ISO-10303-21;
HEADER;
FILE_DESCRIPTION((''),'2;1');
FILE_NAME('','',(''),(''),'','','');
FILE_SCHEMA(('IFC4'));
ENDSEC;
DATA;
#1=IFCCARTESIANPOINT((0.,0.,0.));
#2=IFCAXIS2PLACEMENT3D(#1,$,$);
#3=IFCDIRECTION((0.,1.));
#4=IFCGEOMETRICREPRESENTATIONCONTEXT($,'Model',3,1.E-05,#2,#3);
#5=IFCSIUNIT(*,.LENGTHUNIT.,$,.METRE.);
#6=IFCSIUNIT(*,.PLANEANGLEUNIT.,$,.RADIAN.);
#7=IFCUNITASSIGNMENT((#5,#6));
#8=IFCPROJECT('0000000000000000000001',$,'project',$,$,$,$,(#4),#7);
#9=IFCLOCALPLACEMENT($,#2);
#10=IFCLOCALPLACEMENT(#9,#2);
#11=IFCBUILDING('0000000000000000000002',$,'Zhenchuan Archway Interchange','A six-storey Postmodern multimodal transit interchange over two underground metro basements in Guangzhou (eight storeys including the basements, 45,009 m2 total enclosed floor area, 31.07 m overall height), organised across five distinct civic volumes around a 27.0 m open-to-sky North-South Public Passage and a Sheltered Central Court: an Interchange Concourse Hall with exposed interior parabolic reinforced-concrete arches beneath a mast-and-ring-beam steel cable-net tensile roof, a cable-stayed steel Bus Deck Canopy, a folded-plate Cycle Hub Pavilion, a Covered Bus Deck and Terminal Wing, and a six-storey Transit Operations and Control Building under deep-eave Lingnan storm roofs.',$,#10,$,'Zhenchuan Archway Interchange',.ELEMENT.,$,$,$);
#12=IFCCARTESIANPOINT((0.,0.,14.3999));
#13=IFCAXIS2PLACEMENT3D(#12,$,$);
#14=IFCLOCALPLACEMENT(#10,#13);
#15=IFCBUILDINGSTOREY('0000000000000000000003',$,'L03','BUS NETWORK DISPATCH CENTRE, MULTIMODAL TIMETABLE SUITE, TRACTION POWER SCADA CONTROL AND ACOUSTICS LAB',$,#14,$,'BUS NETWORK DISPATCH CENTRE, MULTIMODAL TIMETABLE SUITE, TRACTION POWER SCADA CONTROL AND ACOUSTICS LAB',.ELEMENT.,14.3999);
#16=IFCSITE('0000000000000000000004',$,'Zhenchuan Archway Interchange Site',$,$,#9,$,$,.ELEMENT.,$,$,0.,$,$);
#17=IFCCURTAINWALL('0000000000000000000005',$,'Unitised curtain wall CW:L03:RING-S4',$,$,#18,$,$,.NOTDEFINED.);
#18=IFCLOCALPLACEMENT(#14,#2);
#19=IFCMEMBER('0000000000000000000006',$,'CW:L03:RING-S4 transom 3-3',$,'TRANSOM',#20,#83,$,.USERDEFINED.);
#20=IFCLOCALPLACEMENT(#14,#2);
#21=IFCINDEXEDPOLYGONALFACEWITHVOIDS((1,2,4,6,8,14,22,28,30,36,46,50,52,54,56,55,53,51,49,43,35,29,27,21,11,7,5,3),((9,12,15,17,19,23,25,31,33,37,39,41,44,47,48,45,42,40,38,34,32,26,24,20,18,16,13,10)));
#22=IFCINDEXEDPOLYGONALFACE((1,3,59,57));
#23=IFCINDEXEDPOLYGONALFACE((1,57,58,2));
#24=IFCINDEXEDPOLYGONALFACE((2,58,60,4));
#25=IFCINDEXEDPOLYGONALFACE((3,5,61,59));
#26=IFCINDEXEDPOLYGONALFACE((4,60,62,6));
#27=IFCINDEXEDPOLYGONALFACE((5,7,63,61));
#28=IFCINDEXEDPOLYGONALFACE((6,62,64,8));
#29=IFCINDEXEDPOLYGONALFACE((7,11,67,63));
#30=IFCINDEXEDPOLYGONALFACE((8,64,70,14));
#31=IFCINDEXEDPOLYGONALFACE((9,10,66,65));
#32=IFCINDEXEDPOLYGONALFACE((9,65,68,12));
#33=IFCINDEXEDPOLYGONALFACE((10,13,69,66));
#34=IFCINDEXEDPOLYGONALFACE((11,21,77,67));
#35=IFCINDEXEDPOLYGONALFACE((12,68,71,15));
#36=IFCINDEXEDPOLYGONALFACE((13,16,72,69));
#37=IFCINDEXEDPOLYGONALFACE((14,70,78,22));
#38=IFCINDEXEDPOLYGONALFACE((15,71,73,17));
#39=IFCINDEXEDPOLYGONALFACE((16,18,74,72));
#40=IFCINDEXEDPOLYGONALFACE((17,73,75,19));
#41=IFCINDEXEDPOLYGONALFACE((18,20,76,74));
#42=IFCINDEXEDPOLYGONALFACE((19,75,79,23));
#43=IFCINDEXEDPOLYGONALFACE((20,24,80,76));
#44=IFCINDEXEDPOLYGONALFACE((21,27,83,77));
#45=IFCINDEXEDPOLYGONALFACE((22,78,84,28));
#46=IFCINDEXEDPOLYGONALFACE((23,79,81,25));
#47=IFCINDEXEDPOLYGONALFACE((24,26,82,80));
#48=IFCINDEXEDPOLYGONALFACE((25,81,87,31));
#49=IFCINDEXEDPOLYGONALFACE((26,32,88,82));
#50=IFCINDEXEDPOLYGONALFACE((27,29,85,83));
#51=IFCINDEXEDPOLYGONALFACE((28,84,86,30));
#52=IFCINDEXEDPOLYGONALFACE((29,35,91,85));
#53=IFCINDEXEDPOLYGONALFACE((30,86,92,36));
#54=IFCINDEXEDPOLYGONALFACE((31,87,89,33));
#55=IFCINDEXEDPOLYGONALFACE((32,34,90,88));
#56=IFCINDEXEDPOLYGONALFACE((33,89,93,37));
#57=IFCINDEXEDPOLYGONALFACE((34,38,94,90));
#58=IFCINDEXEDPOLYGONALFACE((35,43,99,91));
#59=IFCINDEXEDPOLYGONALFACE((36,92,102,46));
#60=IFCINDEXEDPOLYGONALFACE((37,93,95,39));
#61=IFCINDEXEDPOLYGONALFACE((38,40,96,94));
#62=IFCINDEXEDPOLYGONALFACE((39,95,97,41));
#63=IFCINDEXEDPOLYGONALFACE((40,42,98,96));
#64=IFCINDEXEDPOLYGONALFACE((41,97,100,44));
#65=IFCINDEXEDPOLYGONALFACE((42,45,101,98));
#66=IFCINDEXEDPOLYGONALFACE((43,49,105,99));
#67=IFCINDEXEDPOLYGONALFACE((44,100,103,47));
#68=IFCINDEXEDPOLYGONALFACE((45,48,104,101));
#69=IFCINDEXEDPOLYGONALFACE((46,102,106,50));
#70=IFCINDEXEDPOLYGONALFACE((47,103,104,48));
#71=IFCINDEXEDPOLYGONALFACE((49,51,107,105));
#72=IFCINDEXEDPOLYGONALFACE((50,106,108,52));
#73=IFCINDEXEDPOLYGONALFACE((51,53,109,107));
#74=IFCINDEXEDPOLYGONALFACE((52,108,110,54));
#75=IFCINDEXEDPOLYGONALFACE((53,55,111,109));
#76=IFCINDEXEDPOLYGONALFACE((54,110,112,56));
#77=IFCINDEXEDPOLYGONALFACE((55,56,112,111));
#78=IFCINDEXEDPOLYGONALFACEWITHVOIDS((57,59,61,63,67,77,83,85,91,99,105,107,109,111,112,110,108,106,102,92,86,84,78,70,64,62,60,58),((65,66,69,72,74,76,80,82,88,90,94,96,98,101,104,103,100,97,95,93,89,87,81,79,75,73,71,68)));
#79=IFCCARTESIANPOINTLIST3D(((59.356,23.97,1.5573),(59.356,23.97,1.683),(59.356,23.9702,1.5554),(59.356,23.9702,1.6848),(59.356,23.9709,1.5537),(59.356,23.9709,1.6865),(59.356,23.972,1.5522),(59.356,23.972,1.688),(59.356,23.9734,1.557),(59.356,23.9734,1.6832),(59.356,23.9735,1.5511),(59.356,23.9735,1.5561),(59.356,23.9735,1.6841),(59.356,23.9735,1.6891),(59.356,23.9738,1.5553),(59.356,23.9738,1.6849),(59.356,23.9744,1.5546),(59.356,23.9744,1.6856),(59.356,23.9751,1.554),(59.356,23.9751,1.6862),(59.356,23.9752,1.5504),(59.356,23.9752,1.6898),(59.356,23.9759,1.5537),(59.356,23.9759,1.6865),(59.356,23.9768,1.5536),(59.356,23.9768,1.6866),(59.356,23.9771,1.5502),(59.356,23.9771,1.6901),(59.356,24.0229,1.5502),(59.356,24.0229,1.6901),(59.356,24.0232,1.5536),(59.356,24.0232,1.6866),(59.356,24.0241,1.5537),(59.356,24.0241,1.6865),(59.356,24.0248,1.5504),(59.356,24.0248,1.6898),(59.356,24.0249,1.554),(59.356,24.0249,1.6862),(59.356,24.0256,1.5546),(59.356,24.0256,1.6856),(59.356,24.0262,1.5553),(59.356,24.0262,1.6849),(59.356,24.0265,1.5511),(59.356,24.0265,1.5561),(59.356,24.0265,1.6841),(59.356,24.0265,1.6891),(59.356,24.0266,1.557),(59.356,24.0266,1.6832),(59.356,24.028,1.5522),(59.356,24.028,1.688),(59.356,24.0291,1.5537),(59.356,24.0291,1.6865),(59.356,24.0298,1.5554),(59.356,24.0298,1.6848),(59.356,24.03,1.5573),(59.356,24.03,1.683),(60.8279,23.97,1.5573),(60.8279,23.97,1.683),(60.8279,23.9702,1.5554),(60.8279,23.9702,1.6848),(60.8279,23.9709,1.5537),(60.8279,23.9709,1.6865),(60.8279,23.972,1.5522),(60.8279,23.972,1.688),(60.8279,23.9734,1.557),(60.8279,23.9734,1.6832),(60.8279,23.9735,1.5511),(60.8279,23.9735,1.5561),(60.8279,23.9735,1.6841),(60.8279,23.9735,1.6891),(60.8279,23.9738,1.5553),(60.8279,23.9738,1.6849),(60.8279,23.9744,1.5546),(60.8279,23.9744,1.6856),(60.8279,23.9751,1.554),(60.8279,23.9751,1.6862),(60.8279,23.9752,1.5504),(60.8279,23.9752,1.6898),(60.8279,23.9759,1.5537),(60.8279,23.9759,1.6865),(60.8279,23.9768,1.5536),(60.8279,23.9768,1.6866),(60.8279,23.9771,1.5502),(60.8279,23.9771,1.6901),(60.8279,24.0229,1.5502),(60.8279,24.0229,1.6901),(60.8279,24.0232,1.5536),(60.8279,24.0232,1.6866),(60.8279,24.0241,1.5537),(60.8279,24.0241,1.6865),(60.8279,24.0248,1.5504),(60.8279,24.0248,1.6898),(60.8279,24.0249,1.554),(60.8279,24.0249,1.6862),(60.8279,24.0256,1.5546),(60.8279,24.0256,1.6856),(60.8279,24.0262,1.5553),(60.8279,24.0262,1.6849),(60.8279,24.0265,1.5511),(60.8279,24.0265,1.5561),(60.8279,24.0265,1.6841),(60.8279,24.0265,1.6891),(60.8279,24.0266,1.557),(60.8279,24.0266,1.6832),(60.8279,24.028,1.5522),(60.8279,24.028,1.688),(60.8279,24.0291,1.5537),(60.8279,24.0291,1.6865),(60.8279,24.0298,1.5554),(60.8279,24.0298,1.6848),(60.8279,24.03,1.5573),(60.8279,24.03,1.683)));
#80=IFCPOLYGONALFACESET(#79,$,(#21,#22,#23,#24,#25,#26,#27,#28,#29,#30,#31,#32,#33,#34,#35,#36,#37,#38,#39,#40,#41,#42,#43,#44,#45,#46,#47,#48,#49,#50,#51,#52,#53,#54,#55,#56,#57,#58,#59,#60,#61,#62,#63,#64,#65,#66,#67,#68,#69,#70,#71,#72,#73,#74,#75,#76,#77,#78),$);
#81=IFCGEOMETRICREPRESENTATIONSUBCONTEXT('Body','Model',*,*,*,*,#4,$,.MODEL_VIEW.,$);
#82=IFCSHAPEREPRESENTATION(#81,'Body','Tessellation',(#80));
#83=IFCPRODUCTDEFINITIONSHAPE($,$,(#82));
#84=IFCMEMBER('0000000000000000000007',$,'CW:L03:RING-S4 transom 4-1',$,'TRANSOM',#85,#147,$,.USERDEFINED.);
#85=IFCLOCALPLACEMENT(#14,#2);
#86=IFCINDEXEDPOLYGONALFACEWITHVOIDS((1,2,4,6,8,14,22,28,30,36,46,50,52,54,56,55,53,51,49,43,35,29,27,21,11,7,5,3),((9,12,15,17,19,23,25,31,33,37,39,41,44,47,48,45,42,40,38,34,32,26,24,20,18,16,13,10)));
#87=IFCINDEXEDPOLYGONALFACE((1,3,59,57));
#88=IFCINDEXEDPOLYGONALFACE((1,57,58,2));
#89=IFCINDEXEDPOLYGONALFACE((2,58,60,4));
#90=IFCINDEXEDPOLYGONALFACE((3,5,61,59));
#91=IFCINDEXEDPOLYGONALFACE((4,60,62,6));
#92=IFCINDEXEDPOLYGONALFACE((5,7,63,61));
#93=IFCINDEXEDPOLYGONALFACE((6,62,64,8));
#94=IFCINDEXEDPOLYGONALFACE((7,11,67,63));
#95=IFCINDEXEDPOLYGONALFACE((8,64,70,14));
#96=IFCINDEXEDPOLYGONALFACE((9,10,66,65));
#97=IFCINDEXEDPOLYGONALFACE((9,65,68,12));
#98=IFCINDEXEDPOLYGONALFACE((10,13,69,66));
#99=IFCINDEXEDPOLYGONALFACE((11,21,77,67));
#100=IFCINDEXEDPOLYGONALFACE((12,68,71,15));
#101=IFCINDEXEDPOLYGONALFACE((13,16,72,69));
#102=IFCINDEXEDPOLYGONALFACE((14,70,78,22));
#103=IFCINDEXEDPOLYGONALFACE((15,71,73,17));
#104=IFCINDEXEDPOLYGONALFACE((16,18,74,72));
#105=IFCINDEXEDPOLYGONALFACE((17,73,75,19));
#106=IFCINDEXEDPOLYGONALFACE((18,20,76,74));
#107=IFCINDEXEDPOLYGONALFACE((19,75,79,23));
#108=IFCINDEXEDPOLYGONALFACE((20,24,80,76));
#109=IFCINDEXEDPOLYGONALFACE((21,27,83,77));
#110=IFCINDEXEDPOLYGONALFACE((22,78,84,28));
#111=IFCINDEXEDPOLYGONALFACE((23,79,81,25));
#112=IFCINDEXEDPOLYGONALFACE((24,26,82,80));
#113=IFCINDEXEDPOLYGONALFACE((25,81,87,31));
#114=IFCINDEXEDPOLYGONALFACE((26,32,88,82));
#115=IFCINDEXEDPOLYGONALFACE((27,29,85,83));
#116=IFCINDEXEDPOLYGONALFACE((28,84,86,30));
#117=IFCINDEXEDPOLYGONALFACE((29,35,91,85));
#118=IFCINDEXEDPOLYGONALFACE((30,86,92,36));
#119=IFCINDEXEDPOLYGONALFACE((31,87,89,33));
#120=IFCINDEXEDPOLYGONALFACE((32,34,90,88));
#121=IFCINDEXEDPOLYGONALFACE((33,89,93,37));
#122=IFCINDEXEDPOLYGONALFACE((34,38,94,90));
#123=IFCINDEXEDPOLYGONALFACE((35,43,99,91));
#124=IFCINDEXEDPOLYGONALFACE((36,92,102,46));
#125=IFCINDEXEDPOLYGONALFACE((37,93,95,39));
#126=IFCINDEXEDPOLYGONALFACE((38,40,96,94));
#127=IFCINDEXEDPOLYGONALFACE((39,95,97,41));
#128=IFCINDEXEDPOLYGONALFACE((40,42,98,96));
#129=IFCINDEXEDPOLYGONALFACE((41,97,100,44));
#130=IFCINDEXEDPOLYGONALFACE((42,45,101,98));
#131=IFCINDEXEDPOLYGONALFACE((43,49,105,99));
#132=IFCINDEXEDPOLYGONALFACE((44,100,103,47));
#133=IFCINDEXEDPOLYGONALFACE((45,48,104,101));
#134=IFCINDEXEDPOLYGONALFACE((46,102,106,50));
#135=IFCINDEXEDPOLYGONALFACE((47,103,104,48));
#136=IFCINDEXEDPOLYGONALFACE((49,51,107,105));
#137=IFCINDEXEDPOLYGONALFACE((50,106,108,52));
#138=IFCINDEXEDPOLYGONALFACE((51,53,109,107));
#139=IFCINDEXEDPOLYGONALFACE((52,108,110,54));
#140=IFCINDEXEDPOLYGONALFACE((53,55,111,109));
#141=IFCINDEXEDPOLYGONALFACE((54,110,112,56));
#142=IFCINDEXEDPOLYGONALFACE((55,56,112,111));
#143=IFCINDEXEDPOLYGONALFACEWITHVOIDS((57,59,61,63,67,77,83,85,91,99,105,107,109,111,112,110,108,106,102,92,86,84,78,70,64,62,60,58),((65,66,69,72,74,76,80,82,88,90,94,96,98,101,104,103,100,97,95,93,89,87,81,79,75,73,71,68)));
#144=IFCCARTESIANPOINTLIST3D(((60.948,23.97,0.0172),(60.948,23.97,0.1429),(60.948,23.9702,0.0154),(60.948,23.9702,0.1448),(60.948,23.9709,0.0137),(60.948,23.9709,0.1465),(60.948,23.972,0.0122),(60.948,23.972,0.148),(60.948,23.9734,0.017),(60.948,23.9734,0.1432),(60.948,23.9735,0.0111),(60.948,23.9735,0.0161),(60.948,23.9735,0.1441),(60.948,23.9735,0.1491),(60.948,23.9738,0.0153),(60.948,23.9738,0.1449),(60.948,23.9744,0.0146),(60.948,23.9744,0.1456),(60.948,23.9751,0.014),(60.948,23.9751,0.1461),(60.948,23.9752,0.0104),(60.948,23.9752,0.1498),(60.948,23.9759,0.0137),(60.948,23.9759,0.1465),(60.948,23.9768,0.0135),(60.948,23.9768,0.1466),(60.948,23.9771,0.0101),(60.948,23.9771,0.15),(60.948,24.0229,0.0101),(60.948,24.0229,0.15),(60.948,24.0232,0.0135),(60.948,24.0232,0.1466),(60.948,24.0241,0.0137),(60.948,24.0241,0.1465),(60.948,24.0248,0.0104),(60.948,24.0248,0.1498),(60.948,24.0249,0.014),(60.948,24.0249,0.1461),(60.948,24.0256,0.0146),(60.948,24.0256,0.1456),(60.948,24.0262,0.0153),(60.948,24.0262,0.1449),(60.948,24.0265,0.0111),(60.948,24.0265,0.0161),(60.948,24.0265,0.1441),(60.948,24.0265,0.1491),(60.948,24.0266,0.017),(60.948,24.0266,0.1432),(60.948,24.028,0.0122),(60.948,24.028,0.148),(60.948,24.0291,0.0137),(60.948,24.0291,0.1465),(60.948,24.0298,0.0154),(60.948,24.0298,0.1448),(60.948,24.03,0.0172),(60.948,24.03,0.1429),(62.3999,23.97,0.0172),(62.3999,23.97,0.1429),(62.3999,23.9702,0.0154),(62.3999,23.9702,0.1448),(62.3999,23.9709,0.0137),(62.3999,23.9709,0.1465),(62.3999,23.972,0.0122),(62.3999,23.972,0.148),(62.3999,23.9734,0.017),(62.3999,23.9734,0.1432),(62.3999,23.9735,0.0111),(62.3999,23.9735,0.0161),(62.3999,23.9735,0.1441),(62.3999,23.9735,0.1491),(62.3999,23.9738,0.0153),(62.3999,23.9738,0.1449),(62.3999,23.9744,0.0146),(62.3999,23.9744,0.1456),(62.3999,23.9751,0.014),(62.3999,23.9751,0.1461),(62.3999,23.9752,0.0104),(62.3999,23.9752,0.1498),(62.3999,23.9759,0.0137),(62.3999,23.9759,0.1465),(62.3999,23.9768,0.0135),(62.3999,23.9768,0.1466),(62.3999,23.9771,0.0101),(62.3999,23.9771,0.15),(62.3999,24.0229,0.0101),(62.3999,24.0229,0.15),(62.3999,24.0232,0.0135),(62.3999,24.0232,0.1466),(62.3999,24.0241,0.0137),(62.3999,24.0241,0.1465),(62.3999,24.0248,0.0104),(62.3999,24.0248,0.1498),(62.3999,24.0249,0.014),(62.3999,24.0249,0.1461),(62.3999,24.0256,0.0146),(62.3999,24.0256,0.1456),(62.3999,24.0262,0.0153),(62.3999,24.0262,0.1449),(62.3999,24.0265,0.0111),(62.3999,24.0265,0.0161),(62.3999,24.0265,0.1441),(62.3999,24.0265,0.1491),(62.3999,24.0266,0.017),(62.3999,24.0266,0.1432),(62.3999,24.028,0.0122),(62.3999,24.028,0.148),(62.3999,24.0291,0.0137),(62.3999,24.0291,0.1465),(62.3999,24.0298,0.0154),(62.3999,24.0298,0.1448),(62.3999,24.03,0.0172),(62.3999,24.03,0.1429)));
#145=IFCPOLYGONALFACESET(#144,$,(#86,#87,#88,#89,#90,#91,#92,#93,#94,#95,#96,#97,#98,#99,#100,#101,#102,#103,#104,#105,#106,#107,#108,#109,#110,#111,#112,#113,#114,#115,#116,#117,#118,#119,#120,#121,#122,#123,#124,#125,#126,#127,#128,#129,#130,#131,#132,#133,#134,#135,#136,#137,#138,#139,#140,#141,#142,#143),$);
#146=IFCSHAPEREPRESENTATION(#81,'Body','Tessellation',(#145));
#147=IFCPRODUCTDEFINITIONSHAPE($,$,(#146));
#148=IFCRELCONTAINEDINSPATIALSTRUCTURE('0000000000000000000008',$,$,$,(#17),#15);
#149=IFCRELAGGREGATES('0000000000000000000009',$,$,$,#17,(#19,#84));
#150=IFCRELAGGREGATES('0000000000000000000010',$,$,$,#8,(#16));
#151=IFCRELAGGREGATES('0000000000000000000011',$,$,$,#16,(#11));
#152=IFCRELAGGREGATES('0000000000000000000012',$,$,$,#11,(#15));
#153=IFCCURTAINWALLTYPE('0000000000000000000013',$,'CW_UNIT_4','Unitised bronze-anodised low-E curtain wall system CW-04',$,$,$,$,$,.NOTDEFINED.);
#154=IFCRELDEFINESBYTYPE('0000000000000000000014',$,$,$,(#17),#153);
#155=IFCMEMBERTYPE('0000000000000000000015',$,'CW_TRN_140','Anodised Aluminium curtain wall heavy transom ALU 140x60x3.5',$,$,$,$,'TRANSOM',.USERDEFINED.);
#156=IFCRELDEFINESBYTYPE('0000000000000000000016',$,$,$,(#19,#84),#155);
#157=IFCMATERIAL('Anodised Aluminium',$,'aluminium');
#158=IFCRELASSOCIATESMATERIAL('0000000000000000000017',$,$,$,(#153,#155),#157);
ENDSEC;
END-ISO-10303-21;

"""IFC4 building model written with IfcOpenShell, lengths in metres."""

from ifc_helpers import new_model, si_unit, direction, frame, origin, origin_2d, place, context, subcontext, project, spatial, hollow_rectangle, extrude, material, material_profile, profile_set, type_object, element, aggregate, save


model = new_model("IFC4")

# Units and contexts
model_context = context("Model", 3, precision=1e-05, world=origin(), true_north=direction((0.0, 1.0)))
body_context = subcontext(model_context, "Body", "Model", "MODEL_VIEW")
ifc_project = project(units=[si_unit("LENGTHUNIT", "METRE"), si_unit("PLANEANGLEUNIT", "RADIAN")], contexts=[model_context])

# Site, building, storey
site_placement = place(None, origin())
site = spatial("IfcSite", under=ifc_project, at=site_placement, Name="Zhenchuan Archway Interchange Site", CompositionType="ELEMENT", RefElevation=0.0)
building_placement = place(site_placement, origin())
building = spatial("IfcBuilding", under=site, at=building_placement, Name="Zhenchuan Archway Interchange", Description="A six-storey Postmodern multimodal transit interchange over two underground metro basements in Guangzhou (eight storeys including the basements, 45,009 m2 total enclosed floor area, 31.07 m overall height), organised across five distinct civic volumes around a 27.0 m open-to-sky North-South Public Passage and a Sheltered Central Court: an Interchange Concourse Hall with exposed interior parabolic reinforced-concrete arches beneath a mast-and-ring-beam steel cable-net tensile roof, a cable-stayed steel Bus Deck Canopy, a folded-plate Cycle Hub Pavilion, a Covered Bus Deck and Terminal Wing, and a six-storey Transit Operations and Control Building under deep-eave Lingnan storm roofs.", LongName="Zhenchuan Archway Interchange", CompositionType="ELEMENT")
storey_placement = place(building_placement, frame((0.0, 0.0, 14.3999)))
storey = spatial("IfcBuildingStorey", under=building, at=storey_placement, Name="L03", Description="BUS NETWORK DISPATCH CENTRE, MULTIMODAL TIMETABLE SUITE, TRACTION POWER SCADA CONTROL AND ACOUSTICS LAB", LongName="BUS NETWORK DISPATCH CENTRE, MULTIMODAL TIMETABLE SUITE, TRACTION POWER SCADA CONTROL AND ACOUSTICS LAB", CompositionType="ELEMENT", Elevation=14.3999)

# Curtain wall
ifc_material_1 = material(Name="Anodised Aluminium", Category="aluminium")
curtain_wall_type = type_object("IfcCurtainWallType", Name="CW_UNIT_4", Description="Unitised bronze-anodised low-E curtain wall system CW-04", PredefinedType="NOTDEFINED", material=ifc_material_1)
curtain_wall_1_placement = place(storey_placement, origin())
curtain_wall_1 = element("IfcCurtainWall", 1, at=curtain_wall_1_placement, inside=storey, type_object=curtain_wall_type, Name="Unitised curtain wall CW:L03:RING-S4", PredefinedType="NOTDEFINED")

# Members
ifc_material_profile_1 = material_profile(ifc_material_1, hollow_rectangle(XDim=0.0601, YDim=0.1399, WallThickness=0.0034, InnerFilletRadius=0.0034, OuterFilletRadius=0.0071, at=origin_2d()), Name="ALU 140x60x3.5")
ifc_profile_set_1 = profile_set([ifc_material_profile_1], Name="Anodised Aluminium")
member_type_1 = type_object("IfcMemberType", Name="CW_TRN_140", Description="Anodised Aluminium curtain wall heavy transom ALU 140x60x3.5", ElementType="TRANSOM", PredefinedType="USERDEFINED", material=ifc_profile_set_1)
member_1_placement = place(storey_placement, frame((59.356, 24.0, 1.6201), z_axis=(1.0, 0.0, 0.0), x_axis=(0.0, 1.0, 0.0)))
member_1 = element("IfcMember", 2, at=member_1_placement, type_object=member_type_1, Name="CW:L03:RING-S4 transom 3-3", ObjectType="TRANSOM", PredefinedType="USERDEFINED", context=body_context, shape_type="SweptSolid", body=[
    extrude(hollow_rectangle(XDim=0.0601, YDim=0.1399, WallThickness=0.0034, InnerFilletRadius=0.0034, OuterFilletRadius=0.0071, at=origin_2d()), origin(), (0.0, 0.0, 1.0), 1.4719),
])
member_2_placement = place(storey_placement, frame((60.948, 24.0, 0.0801), z_axis=(1.0, 0.0, 0.0), x_axis=(0.0, 1.0, 0.0)))
member_2 = element("IfcMember", 3, at=member_2_placement, type_object=member_type_1, Name="CW:L03:RING-S4 transom 4-1", ObjectType="TRANSOM", PredefinedType="USERDEFINED", context=body_context, shape_type="SweptSolid", body=[
    extrude(hollow_rectangle(XDim=0.0601, YDim=0.1399, WallThickness=0.0034, InnerFilletRadius=0.0034, OuterFilletRadius=0.0071, at=origin_2d()), origin(), (0.0, 0.0, 1.0), 1.4519),
])

aggregate(curtain_wall_1, [member_1, member_2])

save(model, "model.ifc")
